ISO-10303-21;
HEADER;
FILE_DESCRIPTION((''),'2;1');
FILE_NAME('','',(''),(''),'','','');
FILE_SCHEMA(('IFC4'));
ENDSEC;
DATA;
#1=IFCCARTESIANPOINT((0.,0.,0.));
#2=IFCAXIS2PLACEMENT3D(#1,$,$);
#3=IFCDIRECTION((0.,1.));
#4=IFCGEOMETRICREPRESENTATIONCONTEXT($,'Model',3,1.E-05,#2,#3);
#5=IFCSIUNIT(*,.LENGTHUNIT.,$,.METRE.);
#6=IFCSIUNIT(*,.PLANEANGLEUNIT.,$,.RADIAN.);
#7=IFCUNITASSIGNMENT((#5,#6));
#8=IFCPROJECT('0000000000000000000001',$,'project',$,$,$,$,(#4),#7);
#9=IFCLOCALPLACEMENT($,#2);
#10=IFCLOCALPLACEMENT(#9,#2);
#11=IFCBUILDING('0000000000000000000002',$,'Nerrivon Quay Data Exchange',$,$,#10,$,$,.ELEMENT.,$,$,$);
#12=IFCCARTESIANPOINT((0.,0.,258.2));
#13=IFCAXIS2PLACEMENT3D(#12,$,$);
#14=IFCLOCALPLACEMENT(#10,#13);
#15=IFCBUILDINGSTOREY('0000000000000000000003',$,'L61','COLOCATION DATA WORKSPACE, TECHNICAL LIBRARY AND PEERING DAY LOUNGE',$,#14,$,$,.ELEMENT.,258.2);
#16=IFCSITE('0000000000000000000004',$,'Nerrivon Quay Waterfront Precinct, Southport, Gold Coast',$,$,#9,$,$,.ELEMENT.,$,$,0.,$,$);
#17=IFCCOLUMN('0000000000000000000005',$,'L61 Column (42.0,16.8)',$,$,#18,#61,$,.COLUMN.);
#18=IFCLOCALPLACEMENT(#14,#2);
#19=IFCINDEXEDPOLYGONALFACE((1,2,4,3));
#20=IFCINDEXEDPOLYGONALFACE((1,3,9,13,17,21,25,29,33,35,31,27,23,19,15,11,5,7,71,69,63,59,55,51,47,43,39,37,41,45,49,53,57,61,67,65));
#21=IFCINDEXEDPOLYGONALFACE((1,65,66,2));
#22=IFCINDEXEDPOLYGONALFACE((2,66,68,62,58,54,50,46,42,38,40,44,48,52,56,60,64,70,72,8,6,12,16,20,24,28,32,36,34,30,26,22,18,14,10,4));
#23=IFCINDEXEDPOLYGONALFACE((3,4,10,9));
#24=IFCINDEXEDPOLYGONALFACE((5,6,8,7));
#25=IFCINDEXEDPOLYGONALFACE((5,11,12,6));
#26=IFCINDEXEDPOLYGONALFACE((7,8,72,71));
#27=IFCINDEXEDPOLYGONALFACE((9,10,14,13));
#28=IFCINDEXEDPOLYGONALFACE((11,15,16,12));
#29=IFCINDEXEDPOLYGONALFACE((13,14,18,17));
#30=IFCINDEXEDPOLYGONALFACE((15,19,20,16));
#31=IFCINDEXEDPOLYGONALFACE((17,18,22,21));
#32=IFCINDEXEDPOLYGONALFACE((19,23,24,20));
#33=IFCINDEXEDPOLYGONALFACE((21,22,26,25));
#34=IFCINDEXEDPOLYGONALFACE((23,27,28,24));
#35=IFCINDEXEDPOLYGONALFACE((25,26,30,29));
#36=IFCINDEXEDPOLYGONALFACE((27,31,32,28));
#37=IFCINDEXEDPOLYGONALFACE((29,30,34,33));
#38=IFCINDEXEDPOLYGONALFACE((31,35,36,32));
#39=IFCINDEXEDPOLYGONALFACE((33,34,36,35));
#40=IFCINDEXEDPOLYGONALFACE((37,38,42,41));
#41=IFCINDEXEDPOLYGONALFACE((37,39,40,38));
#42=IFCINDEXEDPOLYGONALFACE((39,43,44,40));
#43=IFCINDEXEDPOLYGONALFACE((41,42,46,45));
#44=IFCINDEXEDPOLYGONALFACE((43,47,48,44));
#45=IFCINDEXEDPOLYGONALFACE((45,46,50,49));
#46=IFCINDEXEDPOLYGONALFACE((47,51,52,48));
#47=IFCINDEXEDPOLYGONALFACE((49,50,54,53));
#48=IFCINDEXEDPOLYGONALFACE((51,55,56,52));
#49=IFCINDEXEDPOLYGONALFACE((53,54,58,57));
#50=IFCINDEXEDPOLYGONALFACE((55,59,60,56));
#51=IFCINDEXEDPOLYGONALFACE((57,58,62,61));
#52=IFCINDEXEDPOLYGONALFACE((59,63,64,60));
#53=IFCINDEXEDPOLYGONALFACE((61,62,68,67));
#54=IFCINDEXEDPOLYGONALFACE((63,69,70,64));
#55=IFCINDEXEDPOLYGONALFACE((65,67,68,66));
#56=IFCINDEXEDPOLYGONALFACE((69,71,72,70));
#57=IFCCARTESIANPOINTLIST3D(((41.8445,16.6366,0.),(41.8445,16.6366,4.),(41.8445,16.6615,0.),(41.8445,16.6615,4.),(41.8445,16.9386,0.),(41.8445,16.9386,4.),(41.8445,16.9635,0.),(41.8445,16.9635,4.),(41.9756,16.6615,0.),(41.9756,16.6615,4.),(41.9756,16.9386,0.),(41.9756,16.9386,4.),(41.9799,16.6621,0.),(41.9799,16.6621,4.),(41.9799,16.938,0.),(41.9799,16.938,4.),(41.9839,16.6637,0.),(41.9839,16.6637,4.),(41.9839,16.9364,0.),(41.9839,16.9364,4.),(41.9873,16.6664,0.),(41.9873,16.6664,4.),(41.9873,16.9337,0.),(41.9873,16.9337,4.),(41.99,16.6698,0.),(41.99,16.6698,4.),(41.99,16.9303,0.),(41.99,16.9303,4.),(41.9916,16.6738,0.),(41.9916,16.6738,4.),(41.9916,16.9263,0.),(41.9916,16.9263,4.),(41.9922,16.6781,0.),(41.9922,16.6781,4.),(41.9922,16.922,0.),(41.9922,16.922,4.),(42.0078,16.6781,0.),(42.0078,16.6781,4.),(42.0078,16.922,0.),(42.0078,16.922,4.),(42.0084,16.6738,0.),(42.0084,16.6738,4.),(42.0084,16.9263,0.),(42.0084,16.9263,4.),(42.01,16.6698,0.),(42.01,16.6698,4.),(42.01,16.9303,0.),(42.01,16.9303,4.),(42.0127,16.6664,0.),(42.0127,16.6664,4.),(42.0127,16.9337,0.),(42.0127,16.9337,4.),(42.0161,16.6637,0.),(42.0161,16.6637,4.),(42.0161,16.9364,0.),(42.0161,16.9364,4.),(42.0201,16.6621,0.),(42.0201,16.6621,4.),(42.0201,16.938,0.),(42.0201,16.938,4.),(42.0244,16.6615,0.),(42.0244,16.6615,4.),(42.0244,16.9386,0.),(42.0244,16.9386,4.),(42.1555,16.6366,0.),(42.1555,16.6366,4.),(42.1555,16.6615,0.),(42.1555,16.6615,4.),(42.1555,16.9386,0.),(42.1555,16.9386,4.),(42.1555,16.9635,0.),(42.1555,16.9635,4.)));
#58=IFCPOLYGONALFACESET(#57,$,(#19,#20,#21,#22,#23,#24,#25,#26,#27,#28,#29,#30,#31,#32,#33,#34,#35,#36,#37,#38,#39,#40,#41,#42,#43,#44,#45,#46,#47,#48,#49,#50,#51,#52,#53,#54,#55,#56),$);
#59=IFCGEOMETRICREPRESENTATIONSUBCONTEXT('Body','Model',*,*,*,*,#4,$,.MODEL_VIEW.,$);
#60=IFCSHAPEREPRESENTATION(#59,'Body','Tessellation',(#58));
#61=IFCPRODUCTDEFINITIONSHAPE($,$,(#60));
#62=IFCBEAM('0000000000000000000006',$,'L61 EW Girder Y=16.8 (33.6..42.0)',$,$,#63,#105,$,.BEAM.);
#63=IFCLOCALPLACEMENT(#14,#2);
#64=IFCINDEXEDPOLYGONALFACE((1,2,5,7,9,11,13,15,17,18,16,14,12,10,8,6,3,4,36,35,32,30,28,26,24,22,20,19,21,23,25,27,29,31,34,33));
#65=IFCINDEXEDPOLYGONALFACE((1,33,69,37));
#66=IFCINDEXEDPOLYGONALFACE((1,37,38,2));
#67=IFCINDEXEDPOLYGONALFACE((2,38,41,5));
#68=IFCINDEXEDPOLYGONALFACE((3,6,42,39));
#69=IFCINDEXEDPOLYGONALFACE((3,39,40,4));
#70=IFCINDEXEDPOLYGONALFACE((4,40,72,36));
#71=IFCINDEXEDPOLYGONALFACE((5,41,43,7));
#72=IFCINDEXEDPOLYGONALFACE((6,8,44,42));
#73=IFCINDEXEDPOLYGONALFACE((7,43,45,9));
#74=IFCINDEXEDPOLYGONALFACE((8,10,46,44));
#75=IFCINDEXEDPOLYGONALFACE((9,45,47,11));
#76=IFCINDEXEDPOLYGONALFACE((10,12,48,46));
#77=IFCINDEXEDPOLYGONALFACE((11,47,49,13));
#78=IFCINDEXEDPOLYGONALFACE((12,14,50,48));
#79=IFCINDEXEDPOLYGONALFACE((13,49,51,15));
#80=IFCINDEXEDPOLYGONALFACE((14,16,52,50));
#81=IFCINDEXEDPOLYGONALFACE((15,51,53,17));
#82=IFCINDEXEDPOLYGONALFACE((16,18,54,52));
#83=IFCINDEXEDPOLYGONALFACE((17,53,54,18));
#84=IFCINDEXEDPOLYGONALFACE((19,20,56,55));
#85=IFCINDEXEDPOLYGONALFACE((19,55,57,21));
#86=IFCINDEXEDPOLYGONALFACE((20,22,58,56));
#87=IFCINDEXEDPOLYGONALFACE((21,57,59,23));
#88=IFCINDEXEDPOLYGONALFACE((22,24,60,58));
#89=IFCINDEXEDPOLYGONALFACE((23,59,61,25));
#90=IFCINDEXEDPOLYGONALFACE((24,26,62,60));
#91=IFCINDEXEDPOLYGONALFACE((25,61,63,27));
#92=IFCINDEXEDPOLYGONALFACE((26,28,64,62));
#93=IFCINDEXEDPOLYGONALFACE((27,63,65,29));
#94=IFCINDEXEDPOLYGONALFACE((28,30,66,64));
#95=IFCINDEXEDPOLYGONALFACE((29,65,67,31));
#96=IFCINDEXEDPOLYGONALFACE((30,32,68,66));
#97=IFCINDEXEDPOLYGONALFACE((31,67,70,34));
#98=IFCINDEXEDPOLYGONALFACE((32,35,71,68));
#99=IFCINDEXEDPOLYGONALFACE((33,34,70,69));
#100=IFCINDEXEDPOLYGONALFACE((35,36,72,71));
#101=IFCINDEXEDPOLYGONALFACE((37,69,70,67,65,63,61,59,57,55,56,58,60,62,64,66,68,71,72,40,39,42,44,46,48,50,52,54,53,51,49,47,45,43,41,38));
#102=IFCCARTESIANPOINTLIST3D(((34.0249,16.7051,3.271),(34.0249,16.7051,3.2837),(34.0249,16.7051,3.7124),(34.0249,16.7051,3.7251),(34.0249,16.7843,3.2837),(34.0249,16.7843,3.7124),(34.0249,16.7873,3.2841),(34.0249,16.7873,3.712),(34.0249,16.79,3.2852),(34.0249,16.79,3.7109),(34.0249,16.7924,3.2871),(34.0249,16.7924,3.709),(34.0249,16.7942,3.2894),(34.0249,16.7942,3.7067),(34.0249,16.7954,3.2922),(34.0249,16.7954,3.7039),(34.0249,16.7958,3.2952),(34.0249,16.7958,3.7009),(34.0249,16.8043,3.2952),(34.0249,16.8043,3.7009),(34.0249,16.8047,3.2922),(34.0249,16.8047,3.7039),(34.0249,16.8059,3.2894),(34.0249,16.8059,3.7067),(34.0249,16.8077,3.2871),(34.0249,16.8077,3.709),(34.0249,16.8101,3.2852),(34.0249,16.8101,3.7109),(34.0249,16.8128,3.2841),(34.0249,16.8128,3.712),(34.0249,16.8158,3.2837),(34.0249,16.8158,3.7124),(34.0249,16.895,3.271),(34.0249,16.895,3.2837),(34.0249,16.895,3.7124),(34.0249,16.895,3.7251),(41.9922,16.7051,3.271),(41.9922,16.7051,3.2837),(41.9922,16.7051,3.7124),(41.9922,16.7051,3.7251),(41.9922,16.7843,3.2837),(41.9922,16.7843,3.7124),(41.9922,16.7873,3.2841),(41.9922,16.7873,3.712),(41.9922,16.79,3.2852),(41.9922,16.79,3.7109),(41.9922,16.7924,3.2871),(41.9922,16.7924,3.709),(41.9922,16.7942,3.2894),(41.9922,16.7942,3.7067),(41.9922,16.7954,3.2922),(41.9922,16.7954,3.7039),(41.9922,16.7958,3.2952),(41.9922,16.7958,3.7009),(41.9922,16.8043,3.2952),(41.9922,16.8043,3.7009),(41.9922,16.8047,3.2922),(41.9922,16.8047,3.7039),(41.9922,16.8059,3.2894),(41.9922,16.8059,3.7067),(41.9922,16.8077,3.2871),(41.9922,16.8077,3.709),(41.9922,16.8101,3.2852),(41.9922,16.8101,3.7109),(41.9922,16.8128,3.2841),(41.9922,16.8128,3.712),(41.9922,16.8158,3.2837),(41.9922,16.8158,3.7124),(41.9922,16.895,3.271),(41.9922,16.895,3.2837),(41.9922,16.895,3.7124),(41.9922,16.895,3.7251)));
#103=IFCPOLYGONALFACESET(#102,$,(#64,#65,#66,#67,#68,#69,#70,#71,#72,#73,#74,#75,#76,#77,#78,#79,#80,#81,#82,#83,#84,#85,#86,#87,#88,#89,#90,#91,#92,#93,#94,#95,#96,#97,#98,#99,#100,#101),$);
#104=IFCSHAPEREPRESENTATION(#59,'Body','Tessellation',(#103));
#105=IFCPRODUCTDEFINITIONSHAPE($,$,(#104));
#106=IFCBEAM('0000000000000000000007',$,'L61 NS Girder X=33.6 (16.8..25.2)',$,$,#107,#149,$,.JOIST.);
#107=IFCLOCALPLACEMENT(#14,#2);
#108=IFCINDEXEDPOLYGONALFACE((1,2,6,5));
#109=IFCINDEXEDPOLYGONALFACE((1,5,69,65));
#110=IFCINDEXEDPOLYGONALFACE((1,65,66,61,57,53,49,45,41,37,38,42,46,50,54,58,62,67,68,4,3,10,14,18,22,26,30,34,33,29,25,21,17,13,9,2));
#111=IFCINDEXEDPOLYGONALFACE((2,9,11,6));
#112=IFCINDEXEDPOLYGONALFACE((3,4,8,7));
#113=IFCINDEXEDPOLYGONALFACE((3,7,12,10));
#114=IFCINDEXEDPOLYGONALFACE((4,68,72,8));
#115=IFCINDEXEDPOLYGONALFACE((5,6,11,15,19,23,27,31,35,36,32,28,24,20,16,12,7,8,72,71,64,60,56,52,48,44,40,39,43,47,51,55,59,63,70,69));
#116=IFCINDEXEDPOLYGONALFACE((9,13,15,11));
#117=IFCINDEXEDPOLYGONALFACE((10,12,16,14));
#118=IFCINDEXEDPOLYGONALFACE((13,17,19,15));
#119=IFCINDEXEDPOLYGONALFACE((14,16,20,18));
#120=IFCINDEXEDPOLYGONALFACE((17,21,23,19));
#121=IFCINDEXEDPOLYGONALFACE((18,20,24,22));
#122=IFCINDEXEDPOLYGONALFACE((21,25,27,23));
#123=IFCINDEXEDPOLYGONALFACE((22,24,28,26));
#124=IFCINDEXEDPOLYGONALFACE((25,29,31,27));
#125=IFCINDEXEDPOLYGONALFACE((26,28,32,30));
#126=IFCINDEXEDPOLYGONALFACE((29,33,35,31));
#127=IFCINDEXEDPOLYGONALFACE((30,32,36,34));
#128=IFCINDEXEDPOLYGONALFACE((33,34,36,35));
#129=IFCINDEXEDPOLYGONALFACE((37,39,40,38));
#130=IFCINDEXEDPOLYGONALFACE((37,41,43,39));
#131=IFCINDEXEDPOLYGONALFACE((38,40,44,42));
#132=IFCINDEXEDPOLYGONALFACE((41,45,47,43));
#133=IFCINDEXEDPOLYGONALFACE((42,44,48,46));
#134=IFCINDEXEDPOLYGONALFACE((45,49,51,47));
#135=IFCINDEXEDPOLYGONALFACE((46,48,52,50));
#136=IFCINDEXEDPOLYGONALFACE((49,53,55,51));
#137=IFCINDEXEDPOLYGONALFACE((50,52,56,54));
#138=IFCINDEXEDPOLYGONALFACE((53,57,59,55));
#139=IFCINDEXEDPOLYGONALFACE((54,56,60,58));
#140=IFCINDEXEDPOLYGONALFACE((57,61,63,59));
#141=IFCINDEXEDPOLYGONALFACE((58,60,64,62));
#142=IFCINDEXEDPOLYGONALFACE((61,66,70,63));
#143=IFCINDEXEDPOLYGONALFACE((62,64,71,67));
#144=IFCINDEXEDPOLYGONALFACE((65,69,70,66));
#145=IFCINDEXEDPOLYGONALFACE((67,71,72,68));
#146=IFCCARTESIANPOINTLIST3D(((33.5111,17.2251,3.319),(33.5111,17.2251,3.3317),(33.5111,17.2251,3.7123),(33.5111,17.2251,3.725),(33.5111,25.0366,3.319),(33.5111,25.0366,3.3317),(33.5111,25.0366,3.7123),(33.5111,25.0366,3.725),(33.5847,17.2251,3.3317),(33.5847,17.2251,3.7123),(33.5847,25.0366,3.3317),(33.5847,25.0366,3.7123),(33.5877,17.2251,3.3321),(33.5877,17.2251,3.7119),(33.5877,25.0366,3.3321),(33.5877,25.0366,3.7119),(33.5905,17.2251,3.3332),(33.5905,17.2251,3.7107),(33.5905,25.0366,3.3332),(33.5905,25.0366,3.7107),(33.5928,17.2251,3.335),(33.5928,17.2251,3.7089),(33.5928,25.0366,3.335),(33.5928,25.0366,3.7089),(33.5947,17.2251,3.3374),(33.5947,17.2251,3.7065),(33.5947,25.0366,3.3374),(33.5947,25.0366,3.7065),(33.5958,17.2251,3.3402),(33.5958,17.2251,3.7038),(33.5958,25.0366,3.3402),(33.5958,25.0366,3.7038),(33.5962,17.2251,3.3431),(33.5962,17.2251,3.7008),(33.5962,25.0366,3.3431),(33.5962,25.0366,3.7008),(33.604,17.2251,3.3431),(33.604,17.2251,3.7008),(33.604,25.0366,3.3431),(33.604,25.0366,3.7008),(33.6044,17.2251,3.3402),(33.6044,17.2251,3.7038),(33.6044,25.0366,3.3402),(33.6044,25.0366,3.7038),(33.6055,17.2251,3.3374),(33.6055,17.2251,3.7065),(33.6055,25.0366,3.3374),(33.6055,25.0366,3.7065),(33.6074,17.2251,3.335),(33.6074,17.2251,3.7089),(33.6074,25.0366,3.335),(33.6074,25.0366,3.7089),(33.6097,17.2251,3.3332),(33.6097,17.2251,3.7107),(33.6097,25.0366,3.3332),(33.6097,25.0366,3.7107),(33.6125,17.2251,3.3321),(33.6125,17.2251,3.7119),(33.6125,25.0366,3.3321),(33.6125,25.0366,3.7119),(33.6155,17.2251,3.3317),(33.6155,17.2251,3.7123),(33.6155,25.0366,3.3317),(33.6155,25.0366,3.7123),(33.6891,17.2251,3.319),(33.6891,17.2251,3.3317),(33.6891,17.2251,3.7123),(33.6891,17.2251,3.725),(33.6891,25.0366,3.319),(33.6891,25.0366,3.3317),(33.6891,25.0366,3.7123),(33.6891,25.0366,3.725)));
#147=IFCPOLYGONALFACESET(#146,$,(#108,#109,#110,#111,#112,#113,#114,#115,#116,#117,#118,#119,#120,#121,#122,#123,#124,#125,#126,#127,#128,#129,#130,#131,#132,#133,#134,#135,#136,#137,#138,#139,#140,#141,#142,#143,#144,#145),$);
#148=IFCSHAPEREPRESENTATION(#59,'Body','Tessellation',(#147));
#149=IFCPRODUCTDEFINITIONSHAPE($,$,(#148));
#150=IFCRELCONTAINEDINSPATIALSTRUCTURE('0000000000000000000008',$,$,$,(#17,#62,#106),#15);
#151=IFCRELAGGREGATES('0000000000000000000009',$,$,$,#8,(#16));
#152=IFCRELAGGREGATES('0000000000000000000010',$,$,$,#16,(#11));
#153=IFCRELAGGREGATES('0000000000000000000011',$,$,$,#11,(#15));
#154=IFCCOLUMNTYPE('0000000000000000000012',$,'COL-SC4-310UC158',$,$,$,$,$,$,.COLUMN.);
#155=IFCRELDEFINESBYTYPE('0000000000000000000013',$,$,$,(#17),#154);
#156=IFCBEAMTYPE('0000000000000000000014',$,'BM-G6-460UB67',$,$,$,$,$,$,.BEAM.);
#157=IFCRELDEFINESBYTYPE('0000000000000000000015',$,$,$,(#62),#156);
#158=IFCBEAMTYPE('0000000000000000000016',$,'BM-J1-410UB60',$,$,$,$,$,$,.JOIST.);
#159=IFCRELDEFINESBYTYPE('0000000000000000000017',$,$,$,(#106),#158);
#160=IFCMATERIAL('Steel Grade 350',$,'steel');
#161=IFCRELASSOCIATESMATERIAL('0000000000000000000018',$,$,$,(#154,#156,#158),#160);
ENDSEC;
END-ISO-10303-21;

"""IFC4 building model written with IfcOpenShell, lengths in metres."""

from ifc_helpers import new_model, si_unit, direction, frame, origin, origin_2d, place, context, subcontext, project, spatial, i_section, extrude, material, material_profile, profile_set, type_object, element, save


model = new_model("IFC4")

# Units and contexts
model_context = context("Model", 3, precision=1e-05, world=origin(), true_north=direction((0.0, 1.0)))
body_context = subcontext(model_context, "Body", "Model", "MODEL_VIEW")
ifc_project = project(units=[si_unit("LENGTHUNIT", "METRE"), si_unit("PLANEANGLEUNIT", "RADIAN")], contexts=[model_context])

# Site, building, storey
site_placement = place(None, origin())
site = spatial("IfcSite", under=ifc_project, at=site_placement, Name="Nerrivon Quay Waterfront Precinct, Southport, Gold Coast", CompositionType="ELEMENT", RefElevation=0.0)
building_placement = place(site_placement, origin())
building = spatial("IfcBuilding", under=site, at=building_placement, Name="Nerrivon Quay Data Exchange", CompositionType="ELEMENT")
storey_placement = place(building_placement, frame((0.0, 0.0, 258.2)))
storey = spatial("IfcBuildingStorey", under=building, at=storey_placement, Name="L61", Description="COLOCATION DATA WORKSPACE, TECHNICAL LIBRARY AND PEERING DAY LOUNGE", CompositionType="ELEMENT", Elevation=258.2)

# Column
ifc_material_1 = material(Name="Steel Grade 350", Category="steel")
ifc_material_profile_1 = material_profile(ifc_material_1, i_section(OverallWidth=0.311, OverallDepth=0.3269, WebThickness=0.0156, FlangeThickness=0.0249, FilletRadius=0.0166, at=origin_2d()), Name="310UC158")
ifc_profile_set_1 = profile_set([ifc_material_profile_1], Name="Steel Grade 350")
column_type = type_object("IfcColumnType", Name="COL-SC4-310UC158", PredefinedType="COLUMN", material=ifc_profile_set_1)
column_placement = place(storey_placement, frame((42.0, 16.8, 0.0), z_axis=(0.0, 0.0, 1.0), x_axis=(1.0, 0.0, 0.0)))
element("IfcColumn", 1, at=column_placement, inside=storey, type_object=column_type, Name="L61 Column (42.0,16.8)", PredefinedType="COLUMN", context=body_context, shape_type="SweptSolid", body=[
    extrude(i_section(OverallWidth=0.311, OverallDepth=0.3269, WebThickness=0.0156, FlangeThickness=0.0249, FilletRadius=0.0166, at=origin_2d()), origin(), (0.0, 0.0, 1.0), 4.0),
])

# Beams
ifc_material_profile_2 = material_profile(ifc_material_1, i_section(OverallWidth=0.1899, OverallDepth=0.4541, WebThickness=0.0085, FlangeThickness=0.0127, FilletRadius=0.0115, at=origin_2d()), Name="460UB67.1")
ifc_profile_set_2 = profile_set([ifc_material_profile_2], Name="Steel Grade 350")
beam_type_1 = type_object("IfcBeamType", Name="BM-G6-460UB67", PredefinedType="BEAM", material=ifc_profile_set_2)
beam_1_placement = place(storey_placement, frame((34.0249, 16.8, 3.498), z_axis=(1.0, 0.0, 0.0), x_axis=(0.0, 1.0, 0.0)))
element("IfcBeam", 2, at=beam_1_placement, inside=storey, type_object=beam_type_1, Name="L61 EW Girder Y=16.8 (33.6..42.0)", PredefinedType="BEAM", context=body_context, shape_type="SweptSolid", body=[
    extrude(i_section(OverallWidth=0.1899, OverallDepth=0.4541, WebThickness=0.0085, FlangeThickness=0.0127, FilletRadius=0.0115, at=origin_2d()), origin(), (0.0, 0.0, 1.0), 7.9673),
])
ifc_material_profile_3 = material_profile(ifc_material_1, i_section(OverallWidth=0.178, OverallDepth=0.406, WebThickness=0.0078, FlangeThickness=0.0127, FilletRadius=0.0115, at=origin_2d()), Name="410UB59.7")
ifc_profile_set_3 = profile_set([ifc_material_profile_3], Name="Steel Grade 350")
beam_type_2 = type_object("IfcBeamType", Name="BM-J1-410UB60", PredefinedType="JOIST", material=ifc_profile_set_3)
beam_2_placement = place(storey_placement, frame((33.6001, 17.2251, 3.522), z_axis=(0.0, 1.0, 0.0), x_axis=(-1.0, 0.0, 0.0)))
element("IfcBeam", 3, at=beam_2_placement, inside=storey, type_object=beam_type_2, Name="L61 NS Girder X=33.6 (16.8..25.2)", PredefinedType="JOIST", context=body_context, shape_type="SweptSolid", body=[
    extrude(i_section(OverallWidth=0.178, OverallDepth=0.406, WebThickness=0.0078, FlangeThickness=0.0127, FilletRadius=0.0115, at=origin_2d()), origin(), (0.0, 0.0, 1.0), 7.8115),
])

save(model, "model.ifc")
